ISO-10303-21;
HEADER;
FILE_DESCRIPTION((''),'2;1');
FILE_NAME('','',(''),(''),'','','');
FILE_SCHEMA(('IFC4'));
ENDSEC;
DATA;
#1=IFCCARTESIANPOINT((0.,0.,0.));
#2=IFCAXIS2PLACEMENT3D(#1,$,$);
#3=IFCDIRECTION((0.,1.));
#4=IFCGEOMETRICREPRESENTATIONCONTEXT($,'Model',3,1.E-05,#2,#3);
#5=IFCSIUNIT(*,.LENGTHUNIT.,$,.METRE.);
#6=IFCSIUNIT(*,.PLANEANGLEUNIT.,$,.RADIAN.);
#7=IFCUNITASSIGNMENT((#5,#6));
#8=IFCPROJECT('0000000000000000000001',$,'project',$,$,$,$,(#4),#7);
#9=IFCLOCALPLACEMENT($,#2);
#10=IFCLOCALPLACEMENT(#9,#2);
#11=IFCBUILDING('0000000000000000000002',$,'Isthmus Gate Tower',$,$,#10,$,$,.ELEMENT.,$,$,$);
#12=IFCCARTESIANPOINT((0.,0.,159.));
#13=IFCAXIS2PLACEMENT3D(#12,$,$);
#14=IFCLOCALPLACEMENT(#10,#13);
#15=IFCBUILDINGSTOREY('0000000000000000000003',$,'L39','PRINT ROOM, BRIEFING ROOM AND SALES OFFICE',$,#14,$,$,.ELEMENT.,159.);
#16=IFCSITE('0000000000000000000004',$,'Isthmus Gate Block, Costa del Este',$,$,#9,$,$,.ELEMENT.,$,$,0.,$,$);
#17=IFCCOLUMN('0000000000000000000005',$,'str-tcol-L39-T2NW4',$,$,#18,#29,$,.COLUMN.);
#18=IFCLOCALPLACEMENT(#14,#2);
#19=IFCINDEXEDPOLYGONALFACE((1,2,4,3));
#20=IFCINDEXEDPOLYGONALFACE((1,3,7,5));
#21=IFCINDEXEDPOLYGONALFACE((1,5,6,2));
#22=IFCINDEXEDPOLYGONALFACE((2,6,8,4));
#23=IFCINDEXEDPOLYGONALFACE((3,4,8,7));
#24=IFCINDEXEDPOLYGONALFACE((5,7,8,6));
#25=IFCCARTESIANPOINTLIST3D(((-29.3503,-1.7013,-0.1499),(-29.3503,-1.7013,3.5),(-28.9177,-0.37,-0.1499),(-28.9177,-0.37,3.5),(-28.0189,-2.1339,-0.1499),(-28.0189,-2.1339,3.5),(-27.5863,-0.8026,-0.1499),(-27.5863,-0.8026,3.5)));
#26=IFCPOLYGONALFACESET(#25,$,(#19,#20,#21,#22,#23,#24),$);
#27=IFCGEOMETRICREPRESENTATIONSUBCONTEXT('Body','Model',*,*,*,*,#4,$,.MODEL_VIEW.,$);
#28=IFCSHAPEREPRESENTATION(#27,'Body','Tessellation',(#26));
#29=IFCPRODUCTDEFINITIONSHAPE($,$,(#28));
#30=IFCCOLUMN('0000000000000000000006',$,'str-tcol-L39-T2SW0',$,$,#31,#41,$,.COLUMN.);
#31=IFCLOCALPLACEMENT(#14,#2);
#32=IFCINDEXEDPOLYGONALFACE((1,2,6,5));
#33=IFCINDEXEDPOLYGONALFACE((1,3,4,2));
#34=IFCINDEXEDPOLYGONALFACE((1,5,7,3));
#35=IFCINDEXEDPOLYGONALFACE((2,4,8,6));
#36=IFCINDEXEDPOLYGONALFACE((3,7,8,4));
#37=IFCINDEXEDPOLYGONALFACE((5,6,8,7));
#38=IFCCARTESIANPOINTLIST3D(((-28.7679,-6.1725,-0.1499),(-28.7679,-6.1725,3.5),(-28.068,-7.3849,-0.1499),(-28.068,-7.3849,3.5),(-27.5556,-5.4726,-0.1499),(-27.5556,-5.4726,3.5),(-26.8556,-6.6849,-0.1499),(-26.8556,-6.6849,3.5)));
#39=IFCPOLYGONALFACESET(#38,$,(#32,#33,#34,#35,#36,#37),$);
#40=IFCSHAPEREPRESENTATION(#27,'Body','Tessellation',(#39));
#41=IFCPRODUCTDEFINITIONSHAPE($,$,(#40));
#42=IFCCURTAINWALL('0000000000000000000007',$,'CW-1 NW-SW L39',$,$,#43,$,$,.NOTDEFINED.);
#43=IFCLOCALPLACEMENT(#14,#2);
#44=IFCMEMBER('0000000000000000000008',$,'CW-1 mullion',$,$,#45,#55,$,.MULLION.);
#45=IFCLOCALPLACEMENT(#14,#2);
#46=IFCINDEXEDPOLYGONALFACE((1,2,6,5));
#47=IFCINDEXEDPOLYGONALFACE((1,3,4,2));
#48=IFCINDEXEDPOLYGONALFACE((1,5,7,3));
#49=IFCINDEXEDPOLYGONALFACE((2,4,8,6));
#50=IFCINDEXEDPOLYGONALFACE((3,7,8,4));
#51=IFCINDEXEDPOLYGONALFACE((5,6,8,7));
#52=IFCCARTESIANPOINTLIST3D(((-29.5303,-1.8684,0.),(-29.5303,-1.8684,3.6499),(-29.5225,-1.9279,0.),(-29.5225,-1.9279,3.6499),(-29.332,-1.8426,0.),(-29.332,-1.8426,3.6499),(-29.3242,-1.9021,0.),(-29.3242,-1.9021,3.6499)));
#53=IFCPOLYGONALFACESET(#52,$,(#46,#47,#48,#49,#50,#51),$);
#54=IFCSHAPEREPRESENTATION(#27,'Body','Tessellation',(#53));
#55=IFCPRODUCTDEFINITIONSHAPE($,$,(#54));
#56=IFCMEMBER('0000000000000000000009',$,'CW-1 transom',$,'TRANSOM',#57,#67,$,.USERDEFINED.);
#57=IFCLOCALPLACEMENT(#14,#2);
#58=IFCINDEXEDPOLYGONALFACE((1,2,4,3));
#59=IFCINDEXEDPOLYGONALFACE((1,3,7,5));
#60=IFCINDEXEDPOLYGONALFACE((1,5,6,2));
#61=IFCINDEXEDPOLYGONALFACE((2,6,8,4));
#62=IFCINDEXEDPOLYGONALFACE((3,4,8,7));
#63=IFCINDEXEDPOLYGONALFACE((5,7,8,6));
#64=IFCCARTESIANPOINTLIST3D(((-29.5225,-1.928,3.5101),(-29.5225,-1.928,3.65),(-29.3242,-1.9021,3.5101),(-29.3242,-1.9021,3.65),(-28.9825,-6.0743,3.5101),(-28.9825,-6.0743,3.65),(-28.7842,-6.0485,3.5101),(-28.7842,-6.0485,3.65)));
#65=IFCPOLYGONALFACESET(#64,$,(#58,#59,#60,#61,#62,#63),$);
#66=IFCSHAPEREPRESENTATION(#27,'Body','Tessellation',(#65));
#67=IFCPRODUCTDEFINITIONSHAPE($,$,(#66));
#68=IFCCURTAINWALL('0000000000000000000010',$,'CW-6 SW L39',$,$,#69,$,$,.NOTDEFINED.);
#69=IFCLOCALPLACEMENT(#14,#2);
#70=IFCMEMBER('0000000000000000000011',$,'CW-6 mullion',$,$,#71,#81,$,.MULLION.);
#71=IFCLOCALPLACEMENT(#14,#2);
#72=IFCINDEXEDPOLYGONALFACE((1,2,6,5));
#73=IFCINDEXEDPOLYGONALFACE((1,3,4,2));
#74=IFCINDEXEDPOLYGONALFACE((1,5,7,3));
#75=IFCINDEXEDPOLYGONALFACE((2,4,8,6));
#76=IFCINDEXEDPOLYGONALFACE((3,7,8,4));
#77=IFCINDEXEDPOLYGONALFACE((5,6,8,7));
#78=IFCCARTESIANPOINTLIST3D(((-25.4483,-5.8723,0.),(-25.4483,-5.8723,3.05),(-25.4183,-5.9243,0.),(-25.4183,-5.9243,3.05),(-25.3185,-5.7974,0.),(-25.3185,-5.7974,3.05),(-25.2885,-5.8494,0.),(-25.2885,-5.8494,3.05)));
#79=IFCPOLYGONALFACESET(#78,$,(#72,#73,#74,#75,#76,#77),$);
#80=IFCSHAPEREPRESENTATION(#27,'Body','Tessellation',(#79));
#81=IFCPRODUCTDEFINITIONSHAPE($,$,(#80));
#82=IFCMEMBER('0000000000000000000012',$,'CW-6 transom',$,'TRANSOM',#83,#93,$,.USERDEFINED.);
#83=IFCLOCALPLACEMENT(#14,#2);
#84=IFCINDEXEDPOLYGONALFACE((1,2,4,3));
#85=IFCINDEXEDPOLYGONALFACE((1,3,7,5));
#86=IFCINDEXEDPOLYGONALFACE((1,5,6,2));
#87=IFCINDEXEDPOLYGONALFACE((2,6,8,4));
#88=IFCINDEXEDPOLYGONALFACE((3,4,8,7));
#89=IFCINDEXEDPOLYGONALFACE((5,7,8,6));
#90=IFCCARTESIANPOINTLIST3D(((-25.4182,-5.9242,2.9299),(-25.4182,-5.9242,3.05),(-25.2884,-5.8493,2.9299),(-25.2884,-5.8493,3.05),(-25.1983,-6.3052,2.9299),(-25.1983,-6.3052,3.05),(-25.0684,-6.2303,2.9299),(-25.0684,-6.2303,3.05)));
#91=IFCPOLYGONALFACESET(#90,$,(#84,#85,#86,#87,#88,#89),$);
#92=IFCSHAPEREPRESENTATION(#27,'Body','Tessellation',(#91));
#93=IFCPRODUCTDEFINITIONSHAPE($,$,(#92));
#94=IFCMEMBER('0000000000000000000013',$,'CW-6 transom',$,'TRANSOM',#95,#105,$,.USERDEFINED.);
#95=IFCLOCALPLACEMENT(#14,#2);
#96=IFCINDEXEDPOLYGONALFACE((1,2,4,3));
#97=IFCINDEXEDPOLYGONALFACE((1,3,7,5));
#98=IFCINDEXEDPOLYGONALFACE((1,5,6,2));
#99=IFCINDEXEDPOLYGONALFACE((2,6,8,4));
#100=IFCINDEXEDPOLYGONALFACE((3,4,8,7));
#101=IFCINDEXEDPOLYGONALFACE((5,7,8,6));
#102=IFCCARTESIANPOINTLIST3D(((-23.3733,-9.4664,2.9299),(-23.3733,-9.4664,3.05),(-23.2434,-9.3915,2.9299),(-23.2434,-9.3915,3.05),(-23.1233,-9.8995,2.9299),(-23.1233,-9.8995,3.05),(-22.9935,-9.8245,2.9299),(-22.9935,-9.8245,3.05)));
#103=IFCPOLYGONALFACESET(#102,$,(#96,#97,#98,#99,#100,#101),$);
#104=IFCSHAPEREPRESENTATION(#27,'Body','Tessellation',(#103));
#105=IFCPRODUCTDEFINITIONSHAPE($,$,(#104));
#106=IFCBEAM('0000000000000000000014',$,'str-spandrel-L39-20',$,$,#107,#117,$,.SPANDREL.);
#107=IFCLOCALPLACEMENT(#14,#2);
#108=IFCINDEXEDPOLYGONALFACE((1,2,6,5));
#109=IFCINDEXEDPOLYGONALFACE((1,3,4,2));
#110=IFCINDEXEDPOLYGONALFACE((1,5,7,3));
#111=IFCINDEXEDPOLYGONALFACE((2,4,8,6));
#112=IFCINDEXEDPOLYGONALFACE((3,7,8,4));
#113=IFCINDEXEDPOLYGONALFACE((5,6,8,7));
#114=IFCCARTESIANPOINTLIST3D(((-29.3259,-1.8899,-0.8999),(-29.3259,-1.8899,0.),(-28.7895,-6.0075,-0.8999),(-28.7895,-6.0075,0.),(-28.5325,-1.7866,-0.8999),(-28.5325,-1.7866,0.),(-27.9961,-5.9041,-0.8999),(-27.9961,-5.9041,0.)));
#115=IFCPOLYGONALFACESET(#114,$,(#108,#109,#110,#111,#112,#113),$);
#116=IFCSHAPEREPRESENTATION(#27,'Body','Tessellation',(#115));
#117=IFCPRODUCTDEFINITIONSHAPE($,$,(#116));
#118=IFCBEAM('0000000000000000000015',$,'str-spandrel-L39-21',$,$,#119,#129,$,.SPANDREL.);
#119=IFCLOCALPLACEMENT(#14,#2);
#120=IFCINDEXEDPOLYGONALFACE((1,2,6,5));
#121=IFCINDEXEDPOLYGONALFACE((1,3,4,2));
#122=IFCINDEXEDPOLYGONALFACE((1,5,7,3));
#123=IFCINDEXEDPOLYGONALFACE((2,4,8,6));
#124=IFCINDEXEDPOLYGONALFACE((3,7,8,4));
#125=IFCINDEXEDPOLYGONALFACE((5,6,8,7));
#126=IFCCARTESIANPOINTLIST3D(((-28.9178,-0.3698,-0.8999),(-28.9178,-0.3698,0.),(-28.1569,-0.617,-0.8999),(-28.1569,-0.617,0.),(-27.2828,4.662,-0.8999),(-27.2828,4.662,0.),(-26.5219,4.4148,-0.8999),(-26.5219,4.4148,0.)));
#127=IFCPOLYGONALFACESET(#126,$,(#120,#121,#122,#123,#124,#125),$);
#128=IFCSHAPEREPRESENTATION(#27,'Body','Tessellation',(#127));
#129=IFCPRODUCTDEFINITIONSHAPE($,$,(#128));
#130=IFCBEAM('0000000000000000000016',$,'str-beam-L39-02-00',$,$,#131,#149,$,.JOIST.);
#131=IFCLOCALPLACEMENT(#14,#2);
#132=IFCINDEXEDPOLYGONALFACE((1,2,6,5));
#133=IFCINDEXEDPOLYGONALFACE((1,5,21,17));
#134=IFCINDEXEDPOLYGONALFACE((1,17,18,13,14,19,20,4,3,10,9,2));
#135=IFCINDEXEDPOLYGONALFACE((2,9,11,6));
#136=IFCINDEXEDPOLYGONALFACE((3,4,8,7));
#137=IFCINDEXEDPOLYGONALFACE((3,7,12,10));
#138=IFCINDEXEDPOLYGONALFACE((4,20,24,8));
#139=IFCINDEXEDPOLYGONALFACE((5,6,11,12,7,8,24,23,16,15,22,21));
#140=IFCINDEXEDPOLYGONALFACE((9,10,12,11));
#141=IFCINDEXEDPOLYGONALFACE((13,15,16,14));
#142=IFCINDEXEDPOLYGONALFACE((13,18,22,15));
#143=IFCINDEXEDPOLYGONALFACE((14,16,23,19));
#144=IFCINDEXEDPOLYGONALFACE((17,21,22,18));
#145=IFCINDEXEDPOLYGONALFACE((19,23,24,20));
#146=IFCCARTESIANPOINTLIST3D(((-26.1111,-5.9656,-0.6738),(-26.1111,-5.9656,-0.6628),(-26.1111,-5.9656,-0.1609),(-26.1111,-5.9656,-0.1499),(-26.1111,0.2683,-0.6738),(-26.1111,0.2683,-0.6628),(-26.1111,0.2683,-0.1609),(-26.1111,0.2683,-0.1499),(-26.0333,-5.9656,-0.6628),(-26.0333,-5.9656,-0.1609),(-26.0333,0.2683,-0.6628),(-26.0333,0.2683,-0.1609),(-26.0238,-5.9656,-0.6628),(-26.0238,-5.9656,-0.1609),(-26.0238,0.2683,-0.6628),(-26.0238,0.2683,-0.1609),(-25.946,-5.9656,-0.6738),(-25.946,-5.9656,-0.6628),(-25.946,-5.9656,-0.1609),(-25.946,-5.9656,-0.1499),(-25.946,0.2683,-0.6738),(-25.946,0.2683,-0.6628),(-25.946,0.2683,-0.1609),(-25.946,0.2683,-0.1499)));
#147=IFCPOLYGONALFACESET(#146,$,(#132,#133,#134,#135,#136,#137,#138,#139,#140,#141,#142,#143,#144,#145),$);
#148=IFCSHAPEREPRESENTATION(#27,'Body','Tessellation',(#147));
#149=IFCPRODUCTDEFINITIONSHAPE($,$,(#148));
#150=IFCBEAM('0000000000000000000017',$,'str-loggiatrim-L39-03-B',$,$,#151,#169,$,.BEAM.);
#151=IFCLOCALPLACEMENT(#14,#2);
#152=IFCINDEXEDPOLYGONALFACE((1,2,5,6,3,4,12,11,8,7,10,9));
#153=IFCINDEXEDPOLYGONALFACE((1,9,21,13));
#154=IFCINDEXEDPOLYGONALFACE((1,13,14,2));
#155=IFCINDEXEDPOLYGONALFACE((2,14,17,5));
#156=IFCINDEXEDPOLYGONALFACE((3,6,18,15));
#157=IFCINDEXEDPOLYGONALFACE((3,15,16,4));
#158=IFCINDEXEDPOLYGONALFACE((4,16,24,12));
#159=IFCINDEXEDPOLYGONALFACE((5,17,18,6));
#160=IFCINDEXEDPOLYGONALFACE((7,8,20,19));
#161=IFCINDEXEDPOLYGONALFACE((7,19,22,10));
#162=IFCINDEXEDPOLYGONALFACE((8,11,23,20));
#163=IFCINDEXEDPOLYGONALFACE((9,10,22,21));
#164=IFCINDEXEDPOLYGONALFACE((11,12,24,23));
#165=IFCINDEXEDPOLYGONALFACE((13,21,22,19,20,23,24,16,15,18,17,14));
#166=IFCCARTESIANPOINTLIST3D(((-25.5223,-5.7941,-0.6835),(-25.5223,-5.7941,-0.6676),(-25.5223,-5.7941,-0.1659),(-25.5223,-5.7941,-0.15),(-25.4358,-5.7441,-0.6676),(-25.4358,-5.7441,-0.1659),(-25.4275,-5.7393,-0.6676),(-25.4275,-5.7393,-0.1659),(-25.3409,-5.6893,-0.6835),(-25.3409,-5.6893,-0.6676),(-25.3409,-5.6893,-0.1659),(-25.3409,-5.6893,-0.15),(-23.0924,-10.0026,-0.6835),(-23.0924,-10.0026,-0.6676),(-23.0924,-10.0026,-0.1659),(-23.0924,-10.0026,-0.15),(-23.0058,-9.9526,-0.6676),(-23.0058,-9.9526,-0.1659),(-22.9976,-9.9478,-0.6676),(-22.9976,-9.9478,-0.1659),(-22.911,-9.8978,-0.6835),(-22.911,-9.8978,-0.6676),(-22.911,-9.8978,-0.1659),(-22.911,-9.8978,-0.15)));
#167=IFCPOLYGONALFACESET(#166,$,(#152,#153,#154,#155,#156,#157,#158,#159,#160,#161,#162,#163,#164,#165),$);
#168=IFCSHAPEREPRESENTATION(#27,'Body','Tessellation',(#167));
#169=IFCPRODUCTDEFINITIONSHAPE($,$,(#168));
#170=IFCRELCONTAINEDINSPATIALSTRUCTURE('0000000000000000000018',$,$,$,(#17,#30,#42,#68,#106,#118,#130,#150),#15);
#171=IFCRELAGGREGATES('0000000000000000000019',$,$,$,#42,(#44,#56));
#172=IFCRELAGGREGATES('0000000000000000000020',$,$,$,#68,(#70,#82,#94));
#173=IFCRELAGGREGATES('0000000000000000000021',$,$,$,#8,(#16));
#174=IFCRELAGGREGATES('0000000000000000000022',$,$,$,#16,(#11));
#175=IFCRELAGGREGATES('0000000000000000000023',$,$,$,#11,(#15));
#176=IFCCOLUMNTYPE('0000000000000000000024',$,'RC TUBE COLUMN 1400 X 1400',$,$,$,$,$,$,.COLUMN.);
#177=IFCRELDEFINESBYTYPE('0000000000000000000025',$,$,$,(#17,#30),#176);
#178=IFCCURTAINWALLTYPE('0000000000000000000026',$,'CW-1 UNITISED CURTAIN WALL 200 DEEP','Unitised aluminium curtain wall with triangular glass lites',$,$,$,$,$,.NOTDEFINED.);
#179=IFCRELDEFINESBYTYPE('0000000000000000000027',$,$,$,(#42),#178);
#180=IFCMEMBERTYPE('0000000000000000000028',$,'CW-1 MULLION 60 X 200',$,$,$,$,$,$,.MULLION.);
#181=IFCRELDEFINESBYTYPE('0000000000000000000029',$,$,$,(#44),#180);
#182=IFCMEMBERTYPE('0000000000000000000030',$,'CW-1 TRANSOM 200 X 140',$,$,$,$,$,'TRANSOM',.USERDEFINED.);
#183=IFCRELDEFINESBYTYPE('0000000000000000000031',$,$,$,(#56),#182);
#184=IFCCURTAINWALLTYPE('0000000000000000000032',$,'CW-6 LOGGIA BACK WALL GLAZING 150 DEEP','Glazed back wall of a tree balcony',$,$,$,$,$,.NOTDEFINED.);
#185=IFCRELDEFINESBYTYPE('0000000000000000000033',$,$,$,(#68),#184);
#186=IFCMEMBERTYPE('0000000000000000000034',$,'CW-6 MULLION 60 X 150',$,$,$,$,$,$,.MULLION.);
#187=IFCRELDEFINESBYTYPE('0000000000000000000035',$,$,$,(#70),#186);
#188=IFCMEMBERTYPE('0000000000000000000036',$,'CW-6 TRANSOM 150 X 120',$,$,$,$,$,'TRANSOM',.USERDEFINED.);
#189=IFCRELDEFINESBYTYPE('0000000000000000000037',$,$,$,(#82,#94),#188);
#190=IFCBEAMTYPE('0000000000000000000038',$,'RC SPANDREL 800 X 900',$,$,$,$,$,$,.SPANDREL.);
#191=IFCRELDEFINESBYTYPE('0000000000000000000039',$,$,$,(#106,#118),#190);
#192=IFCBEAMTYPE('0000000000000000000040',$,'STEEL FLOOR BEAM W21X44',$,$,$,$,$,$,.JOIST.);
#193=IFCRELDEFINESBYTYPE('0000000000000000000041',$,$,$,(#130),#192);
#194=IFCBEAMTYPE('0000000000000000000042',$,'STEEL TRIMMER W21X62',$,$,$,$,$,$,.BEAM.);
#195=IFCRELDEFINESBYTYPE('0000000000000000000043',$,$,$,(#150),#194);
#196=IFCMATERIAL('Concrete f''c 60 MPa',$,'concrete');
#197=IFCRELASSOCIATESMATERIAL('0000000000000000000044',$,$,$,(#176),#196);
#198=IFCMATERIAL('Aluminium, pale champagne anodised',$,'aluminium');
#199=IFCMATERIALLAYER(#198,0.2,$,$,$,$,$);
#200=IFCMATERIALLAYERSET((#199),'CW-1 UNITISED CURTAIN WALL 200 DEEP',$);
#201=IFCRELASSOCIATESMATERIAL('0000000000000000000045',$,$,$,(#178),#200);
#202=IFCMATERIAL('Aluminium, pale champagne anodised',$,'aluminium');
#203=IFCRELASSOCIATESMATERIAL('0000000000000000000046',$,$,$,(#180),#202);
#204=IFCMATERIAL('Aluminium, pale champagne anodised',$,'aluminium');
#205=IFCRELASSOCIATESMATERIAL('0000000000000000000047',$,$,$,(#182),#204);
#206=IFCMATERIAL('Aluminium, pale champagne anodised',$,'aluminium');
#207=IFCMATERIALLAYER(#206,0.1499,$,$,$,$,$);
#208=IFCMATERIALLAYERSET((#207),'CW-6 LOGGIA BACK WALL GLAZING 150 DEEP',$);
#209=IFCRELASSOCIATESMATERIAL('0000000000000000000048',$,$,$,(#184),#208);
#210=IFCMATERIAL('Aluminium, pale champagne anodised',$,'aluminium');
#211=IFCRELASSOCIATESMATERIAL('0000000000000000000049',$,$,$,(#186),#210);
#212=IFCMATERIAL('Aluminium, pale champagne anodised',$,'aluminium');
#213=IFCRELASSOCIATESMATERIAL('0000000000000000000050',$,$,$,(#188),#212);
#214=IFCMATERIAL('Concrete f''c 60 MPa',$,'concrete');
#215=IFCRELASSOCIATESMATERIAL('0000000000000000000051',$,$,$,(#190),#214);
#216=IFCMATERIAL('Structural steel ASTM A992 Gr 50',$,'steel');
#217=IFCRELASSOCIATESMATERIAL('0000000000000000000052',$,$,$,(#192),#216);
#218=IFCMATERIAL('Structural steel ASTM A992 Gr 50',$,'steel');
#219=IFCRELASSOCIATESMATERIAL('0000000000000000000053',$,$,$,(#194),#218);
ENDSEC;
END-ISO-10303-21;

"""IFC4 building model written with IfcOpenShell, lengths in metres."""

from ifc_helpers import new_model, si_unit, direction, frame, origin, origin_2d, place, context, subcontext, project, spatial, rectangle, i_section, extrude, material, layer, layer_set, material_profile, profile_set, type_object, element, aggregate, save


model = new_model("IFC4")

# Units and contexts
model_context = context("Model", 3, precision=1e-05, world=origin(), true_north=direction((0.0, 1.0)))
body_context = subcontext(model_context, "Body", "Model", "MODEL_VIEW")
ifc_project = project(units=[si_unit("LENGTHUNIT", "METRE"), si_unit("PLANEANGLEUNIT", "RADIAN")], contexts=[model_context])

# Site, building, storey
site_placement = place(None, origin())
site = spatial("IfcSite", under=ifc_project, at=site_placement, Name="Isthmus Gate Block, Costa del Este", CompositionType="ELEMENT", RefElevation=0.0)
building_placement = place(site_placement, origin())
building = spatial("IfcBuilding", under=site, at=building_placement, Name="Isthmus Gate Tower", CompositionType="ELEMENT")
storey_placement = place(building_placement, frame((0.0, 0.0, 159.0)))
storey = spatial("IfcBuildingStorey", under=building, at=storey_placement, Name="L39", Description="PRINT ROOM, BRIEFING ROOM AND SALES OFFICE", CompositionType="ELEMENT", Elevation=159.0)

# Columns
ifc_material_1 = material(Name="Concrete f'c 60 MPa", Category="concrete")
ifc_material_profile_1 = material_profile(ifc_material_1, rectangle(XDim=1.3999, YDim=1.3999, at=origin_2d()), Name="RC 1400X1400")
ifc_profile_set_1 = profile_set([ifc_material_profile_1], Name="Concrete f'c 60 MPa")
column_type = type_object("IfcColumnType", Name="RC TUBE COLUMN 1400 X 1400", PredefinedType="COLUMN", material=ifc_profile_set_1)
for number, where, z_axis, x_axis, name in (
    (1, (-28.4683, -1.252, -0.1499), (0.0, 0.0, 1.0), (-0.309017, -0.951057, 0.0), "str-tcol-L39-T2NW4"),
    (2, (-27.8118, -6.4287, -0.1499), (0.0, 0.0, 1.0), (0.5, -0.866025, 0.0), "str-tcol-L39-T2SW0"),
):
    element("IfcColumn", number, at=place(storey_placement, frame(where, z_axis=z_axis, x_axis=x_axis)), inside=storey, type_object=column_type, Name=name, PredefinedType="COLUMN", context=body_context, shape_type="SweptSolid", body=[
        extrude(rectangle(XDim=1.3999, YDim=1.3999, at=origin_2d()), origin(), (0.0, 0.0, 1.0), 3.6499),
    ])

# Curtain walls, members
ifc_material_2 = material(Name="Aluminium, pale champagne anodised", Category="aluminium")
ifc_layer_1 = layer(ifc_material_2, 0.2)
ifc_layer_set_1 = layer_set([ifc_layer_1], Name="CW-1 UNITISED CURTAIN WALL 200 DEEP")
curtain_wall_type_1 = type_object("IfcCurtainWallType", Name="CW-1 UNITISED CURTAIN WALL 200 DEEP", Description="Unitised aluminium curtain wall with triangular glass lites", PredefinedType="NOTDEFINED", material=ifc_layer_set_1)
curtain_wall_1_placement = place(storey_placement, origin())
curtain_wall_1 = element("IfcCurtainWall", 3, at=curtain_wall_1_placement, inside=storey, type_object=curtain_wall_type_1, Name="CW-1 NW-SW L39", PredefinedType="NOTDEFINED")
ifc_material_3 = material(Name="Aluminium, pale champagne anodised", Category="aluminium")
ifc_material_profile_2 = material_profile(ifc_material_3, rectangle(XDim=0.0601, YDim=0.2, at=origin_2d()), Name="60x200")
ifc_profile_set_2 = profile_set([ifc_material_profile_2], Name="Aluminium, pale champagne anodised")
member_type_1 = type_object("IfcMemberType", Name="CW-1 MULLION 60 X 200", PredefinedType="MULLION", material=ifc_profile_set_2)
member_1_placement = place(storey_placement, frame((-29.4272, -1.8853, 0.0), z_axis=(0.0, 0.0, 1.0), x_axis=(0.129165, -0.991623, 0.0)))
member_1 = element("IfcMember", 4, at=member_1_placement, type_object=member_type_1, Name="CW-1 mullion", PredefinedType="MULLION", context=body_context, shape_type="SweptSolid", body=[
    extrude(rectangle(XDim=0.0601, YDim=0.2, at=origin_2d()), origin(), (0.0, 0.0, 1.0), 3.6499),
])
ifc_material_4 = material(Name="Aluminium, pale champagne anodised", Category="aluminium")
ifc_material_profile_3 = material_profile(ifc_material_4, rectangle(XDim=0.2, YDim=0.1399, at=origin_2d()), Name="200x140")
ifc_profile_set_3 = profile_set([ifc_material_profile_3], Name="Aluminium, pale champagne anodised")
member_type_2 = type_object("IfcMemberType", Name="CW-1 TRANSOM 200 X 140", ElementType="TRANSOM", PredefinedType="USERDEFINED", material=ifc_profile_set_3)
member_2_placement = place(storey_placement, frame((-29.4233, -1.915, 3.5801), z_axis=(0.129149, -0.991625, 0.0), x_axis=(0.991625, 0.129149, 0.0)))
member_2 = element("IfcMember", 5, at=member_2_placement, type_object=member_type_2, Name="CW-1 transom", ObjectType="TRANSOM", PredefinedType="USERDEFINED", context=body_context, shape_type="SweptSolid", body=[
    extrude(rectangle(XDim=0.2, YDim=0.1399, at=origin_2d()), origin(), (0.0, 0.0, 1.0), 4.1814),
])
ifc_material_5 = material(Name="Aluminium, pale champagne anodised", Category="aluminium")
ifc_layer_2 = layer(ifc_material_5, 0.1499)
ifc_layer_set_2 = layer_set([ifc_layer_2], Name="CW-6 LOGGIA BACK WALL GLAZING 150 DEEP")
curtain_wall_type_2 = type_object("IfcCurtainWallType", Name="CW-6 LOGGIA BACK WALL GLAZING 150 DEEP", Description="Glazed back wall of a tree balcony", PredefinedType="NOTDEFINED", material=ifc_layer_set_2)
curtain_wall_2_placement = place(storey_placement, origin())
curtain_wall_2 = element("IfcCurtainWall", 6, at=curtain_wall_2_placement, inside=storey, type_object=curtain_wall_type_2, Name="CW-6 SW L39", PredefinedType="NOTDEFINED")
ifc_material_6 = material(Name="Aluminium, pale champagne anodised", Category="aluminium")
ifc_material_profile_4 = material_profile(ifc_material_6, rectangle(XDim=0.0601, YDim=0.1499, at=origin_2d()), Name="60x150")
ifc_profile_set_4 = profile_set([ifc_material_profile_4], Name="Aluminium, pale champagne anodised")
member_type_3 = type_object("IfcMemberType", Name="CW-6 MULLION 60 X 150", PredefinedType="MULLION", material=ifc_profile_set_4)
member_3_placement = place(storey_placement, frame((-25.3684, -5.8608, 0.0), z_axis=(0.0, 0.0, 1.0), x_axis=(0.5, -0.866025, 0.0)))
member_3 = element("IfcMember", 7, at=member_3_placement, type_object=member_type_3, Name="CW-6 mullion", PredefinedType="MULLION", context=body_context, shape_type="SweptSolid", body=[
    extrude(rectangle(XDim=0.0601, YDim=0.1499, at=origin_2d()), origin(), (0.0, 0.0, 1.0), 3.05),
])
ifc_material_7 = material(Name="Aluminium, pale champagne anodised", Category="aluminium")
ifc_material_profile_5 = material_profile(ifc_material_7, rectangle(XDim=0.1499, YDim=0.1201, at=origin_2d()), Name="150x120")
ifc_profile_set_5 = profile_set([ifc_material_profile_5], Name="Aluminium, pale champagne anodised")
member_type_4 = type_object("IfcMemberType", Name="CW-6 TRANSOM 150 X 120", ElementType="TRANSOM", PredefinedType="USERDEFINED", material=ifc_profile_set_5)
member_4_placement = place(storey_placement, frame((-25.3533, -5.8867, 2.99), z_axis=(0.499899, -0.866084, 0.0), x_axis=(0.866084, 0.499899, 0.0)))
member_4 = element("IfcMember", 8, at=member_4_placement, type_object=member_type_4, Name="CW-6 transom", ObjectType="TRANSOM", PredefinedType="USERDEFINED", context=body_context, shape_type="SweptSolid", body=[
    extrude(rectangle(XDim=0.1499, YDim=0.1201, at=origin_2d()), origin(), (0.0, 0.0, 1.0), 0.4399),
])
member_5_placement = place(storey_placement, frame((-23.3083, -9.429, 2.99), z_axis=(0.49992, -0.866072, 0.0), x_axis=(0.866072, 0.49992, 0.0)))
member_5 = element("IfcMember", 9, at=member_5_placement, type_object=member_type_4, Name="CW-6 transom", ObjectType="TRANSOM", PredefinedType="USERDEFINED", context=body_context, shape_type="SweptSolid", body=[
    extrude(rectangle(XDim=0.1499, YDim=0.1201, at=origin_2d()), origin(), (0.0, 0.0, 1.0), 0.5),
])

# Beams
ifc_material_8 = material(Name="Concrete f'c 60 MPa", Category="concrete")
ifc_material_profile_6 = material_profile(ifc_material_8, rectangle(XDim=0.8, YDim=0.8999, at=origin_2d()), Name="RC 800X900")
ifc_profile_set_6 = profile_set([ifc_material_profile_6], Name="Concrete f'c 60 MPa")
beam_type_1 = type_object("IfcBeamType", Name="RC SPANDREL 800 X 900", PredefinedType="SPANDREL", material=ifc_profile_set_6)
beam_1_placement = place(storey_placement, frame((-28.3928, -5.9558, -0.45), z_axis=(-0.129171, 0.991622, 0.0), x_axis=(-0.991622, -0.129171, 0.0)))
element("IfcBeam", 10, at=beam_1_placement, inside=storey, type_object=beam_type_1, Name="str-spandrel-L39-20", PredefinedType="SPANDREL", context=body_context, shape_type="SweptSolid", body=[
    extrude(rectangle(XDim=0.8, YDim=0.8999, at=origin_2d()), origin(), (0.0, 0.0, 1.0), 4.1523),
])
beam_2_placement = place(storey_placement, frame((-28.5374, -0.4934, -0.45), z_axis=(0.309034, 0.951051, 0.0), x_axis=(-0.951051, 0.309034, 0.0)))
element("IfcBeam", 11, at=beam_2_placement, inside=storey, type_object=beam_type_1, Name="str-spandrel-L39-21", PredefinedType="SPANDREL", context=body_context, shape_type="SweptSolid", body=[
    extrude(rectangle(XDim=0.8, YDim=0.8999, at=origin_2d()), origin(), (0.0, 0.0, 1.0), 5.2908),
])
ifc_material_9 = material(Name="Structural steel ASTM A992 Gr 50", Category="steel")
ifc_material_profile_7 = material_profile(ifc_material_9, i_section(OverallWidth=0.165, OverallDepth=0.5239, WebThickness=0.0095, FlangeThickness=0.011, at=origin_2d()), Name="W21X44")
ifc_profile_set_7 = profile_set([ifc_material_profile_7], Name="Structural steel ASTM A992 Gr 50")
beam_type_2 = type_object("IfcBeamType", Name="STEEL FLOOR BEAM W21X44", PredefinedType="JOIST", material=ifc_profile_set_7)
beam_3_placement = place(storey_placement, frame((-26.0286, -5.9656, -0.4119), z_axis=(0.0, 1.0, 0.0), x_axis=(-1.0, 0.0, 0.0)))
element("IfcBeam", 12, at=beam_3_placement, inside=storey, type_object=beam_type_2, Name="str-beam-L39-02-00", PredefinedType="JOIST", context=body_context, shape_type="SweptSolid", body=[
    extrude(i_section(OverallWidth=0.165, OverallDepth=0.5239, WebThickness=0.0095, FlangeThickness=0.011, at=origin_2d()), origin(), (0.0, 0.0, 1.0), 6.2339),
])
ifc_material_10 = material(Name="Structural steel ASTM A992 Gr 50", Category="steel")
ifc_material_profile_8 = material_profile(ifc_material_10, i_section(OverallWidth=0.2095, OverallDepth=0.5334, WebThickness=0.0095, FlangeThickness=0.0159, at=origin_2d()), Name="W21X62")
ifc_profile_set_8 = profile_set([ifc_material_profile_8], Name="Structural steel ASTM A992 Gr 50")
beam_type_3 = type_object("IfcBeamType", Name="STEEL TRIMMER W21X62", PredefinedType="BEAM", material=ifc_profile_set_8)
beam_4_placement = place(storey_placement, frame((-25.4316, -5.7417, -0.4167), z_axis=(0.500024, -0.866012, 0.0), x_axis=(0.866012, 0.500024, 0.0)))
element("IfcBeam", 13, at=beam_4_placement, inside=storey, type_object=beam_type_3, Name="str-loggiatrim-L39-03-B", PredefinedType="BEAM", context=body_context, shape_type="SweptSolid", body=[
    extrude(i_section(OverallWidth=0.2095, OverallDepth=0.5334, WebThickness=0.0095, FlangeThickness=0.0159, at=origin_2d()), origin(), (0.0, 0.0, 1.0), 4.8596),
])

aggregate(curtain_wall_1, [member_1, member_2])
aggregate(curtain_wall_2, [member_3, member_4, member_5])

save(model, "model.ifc")
